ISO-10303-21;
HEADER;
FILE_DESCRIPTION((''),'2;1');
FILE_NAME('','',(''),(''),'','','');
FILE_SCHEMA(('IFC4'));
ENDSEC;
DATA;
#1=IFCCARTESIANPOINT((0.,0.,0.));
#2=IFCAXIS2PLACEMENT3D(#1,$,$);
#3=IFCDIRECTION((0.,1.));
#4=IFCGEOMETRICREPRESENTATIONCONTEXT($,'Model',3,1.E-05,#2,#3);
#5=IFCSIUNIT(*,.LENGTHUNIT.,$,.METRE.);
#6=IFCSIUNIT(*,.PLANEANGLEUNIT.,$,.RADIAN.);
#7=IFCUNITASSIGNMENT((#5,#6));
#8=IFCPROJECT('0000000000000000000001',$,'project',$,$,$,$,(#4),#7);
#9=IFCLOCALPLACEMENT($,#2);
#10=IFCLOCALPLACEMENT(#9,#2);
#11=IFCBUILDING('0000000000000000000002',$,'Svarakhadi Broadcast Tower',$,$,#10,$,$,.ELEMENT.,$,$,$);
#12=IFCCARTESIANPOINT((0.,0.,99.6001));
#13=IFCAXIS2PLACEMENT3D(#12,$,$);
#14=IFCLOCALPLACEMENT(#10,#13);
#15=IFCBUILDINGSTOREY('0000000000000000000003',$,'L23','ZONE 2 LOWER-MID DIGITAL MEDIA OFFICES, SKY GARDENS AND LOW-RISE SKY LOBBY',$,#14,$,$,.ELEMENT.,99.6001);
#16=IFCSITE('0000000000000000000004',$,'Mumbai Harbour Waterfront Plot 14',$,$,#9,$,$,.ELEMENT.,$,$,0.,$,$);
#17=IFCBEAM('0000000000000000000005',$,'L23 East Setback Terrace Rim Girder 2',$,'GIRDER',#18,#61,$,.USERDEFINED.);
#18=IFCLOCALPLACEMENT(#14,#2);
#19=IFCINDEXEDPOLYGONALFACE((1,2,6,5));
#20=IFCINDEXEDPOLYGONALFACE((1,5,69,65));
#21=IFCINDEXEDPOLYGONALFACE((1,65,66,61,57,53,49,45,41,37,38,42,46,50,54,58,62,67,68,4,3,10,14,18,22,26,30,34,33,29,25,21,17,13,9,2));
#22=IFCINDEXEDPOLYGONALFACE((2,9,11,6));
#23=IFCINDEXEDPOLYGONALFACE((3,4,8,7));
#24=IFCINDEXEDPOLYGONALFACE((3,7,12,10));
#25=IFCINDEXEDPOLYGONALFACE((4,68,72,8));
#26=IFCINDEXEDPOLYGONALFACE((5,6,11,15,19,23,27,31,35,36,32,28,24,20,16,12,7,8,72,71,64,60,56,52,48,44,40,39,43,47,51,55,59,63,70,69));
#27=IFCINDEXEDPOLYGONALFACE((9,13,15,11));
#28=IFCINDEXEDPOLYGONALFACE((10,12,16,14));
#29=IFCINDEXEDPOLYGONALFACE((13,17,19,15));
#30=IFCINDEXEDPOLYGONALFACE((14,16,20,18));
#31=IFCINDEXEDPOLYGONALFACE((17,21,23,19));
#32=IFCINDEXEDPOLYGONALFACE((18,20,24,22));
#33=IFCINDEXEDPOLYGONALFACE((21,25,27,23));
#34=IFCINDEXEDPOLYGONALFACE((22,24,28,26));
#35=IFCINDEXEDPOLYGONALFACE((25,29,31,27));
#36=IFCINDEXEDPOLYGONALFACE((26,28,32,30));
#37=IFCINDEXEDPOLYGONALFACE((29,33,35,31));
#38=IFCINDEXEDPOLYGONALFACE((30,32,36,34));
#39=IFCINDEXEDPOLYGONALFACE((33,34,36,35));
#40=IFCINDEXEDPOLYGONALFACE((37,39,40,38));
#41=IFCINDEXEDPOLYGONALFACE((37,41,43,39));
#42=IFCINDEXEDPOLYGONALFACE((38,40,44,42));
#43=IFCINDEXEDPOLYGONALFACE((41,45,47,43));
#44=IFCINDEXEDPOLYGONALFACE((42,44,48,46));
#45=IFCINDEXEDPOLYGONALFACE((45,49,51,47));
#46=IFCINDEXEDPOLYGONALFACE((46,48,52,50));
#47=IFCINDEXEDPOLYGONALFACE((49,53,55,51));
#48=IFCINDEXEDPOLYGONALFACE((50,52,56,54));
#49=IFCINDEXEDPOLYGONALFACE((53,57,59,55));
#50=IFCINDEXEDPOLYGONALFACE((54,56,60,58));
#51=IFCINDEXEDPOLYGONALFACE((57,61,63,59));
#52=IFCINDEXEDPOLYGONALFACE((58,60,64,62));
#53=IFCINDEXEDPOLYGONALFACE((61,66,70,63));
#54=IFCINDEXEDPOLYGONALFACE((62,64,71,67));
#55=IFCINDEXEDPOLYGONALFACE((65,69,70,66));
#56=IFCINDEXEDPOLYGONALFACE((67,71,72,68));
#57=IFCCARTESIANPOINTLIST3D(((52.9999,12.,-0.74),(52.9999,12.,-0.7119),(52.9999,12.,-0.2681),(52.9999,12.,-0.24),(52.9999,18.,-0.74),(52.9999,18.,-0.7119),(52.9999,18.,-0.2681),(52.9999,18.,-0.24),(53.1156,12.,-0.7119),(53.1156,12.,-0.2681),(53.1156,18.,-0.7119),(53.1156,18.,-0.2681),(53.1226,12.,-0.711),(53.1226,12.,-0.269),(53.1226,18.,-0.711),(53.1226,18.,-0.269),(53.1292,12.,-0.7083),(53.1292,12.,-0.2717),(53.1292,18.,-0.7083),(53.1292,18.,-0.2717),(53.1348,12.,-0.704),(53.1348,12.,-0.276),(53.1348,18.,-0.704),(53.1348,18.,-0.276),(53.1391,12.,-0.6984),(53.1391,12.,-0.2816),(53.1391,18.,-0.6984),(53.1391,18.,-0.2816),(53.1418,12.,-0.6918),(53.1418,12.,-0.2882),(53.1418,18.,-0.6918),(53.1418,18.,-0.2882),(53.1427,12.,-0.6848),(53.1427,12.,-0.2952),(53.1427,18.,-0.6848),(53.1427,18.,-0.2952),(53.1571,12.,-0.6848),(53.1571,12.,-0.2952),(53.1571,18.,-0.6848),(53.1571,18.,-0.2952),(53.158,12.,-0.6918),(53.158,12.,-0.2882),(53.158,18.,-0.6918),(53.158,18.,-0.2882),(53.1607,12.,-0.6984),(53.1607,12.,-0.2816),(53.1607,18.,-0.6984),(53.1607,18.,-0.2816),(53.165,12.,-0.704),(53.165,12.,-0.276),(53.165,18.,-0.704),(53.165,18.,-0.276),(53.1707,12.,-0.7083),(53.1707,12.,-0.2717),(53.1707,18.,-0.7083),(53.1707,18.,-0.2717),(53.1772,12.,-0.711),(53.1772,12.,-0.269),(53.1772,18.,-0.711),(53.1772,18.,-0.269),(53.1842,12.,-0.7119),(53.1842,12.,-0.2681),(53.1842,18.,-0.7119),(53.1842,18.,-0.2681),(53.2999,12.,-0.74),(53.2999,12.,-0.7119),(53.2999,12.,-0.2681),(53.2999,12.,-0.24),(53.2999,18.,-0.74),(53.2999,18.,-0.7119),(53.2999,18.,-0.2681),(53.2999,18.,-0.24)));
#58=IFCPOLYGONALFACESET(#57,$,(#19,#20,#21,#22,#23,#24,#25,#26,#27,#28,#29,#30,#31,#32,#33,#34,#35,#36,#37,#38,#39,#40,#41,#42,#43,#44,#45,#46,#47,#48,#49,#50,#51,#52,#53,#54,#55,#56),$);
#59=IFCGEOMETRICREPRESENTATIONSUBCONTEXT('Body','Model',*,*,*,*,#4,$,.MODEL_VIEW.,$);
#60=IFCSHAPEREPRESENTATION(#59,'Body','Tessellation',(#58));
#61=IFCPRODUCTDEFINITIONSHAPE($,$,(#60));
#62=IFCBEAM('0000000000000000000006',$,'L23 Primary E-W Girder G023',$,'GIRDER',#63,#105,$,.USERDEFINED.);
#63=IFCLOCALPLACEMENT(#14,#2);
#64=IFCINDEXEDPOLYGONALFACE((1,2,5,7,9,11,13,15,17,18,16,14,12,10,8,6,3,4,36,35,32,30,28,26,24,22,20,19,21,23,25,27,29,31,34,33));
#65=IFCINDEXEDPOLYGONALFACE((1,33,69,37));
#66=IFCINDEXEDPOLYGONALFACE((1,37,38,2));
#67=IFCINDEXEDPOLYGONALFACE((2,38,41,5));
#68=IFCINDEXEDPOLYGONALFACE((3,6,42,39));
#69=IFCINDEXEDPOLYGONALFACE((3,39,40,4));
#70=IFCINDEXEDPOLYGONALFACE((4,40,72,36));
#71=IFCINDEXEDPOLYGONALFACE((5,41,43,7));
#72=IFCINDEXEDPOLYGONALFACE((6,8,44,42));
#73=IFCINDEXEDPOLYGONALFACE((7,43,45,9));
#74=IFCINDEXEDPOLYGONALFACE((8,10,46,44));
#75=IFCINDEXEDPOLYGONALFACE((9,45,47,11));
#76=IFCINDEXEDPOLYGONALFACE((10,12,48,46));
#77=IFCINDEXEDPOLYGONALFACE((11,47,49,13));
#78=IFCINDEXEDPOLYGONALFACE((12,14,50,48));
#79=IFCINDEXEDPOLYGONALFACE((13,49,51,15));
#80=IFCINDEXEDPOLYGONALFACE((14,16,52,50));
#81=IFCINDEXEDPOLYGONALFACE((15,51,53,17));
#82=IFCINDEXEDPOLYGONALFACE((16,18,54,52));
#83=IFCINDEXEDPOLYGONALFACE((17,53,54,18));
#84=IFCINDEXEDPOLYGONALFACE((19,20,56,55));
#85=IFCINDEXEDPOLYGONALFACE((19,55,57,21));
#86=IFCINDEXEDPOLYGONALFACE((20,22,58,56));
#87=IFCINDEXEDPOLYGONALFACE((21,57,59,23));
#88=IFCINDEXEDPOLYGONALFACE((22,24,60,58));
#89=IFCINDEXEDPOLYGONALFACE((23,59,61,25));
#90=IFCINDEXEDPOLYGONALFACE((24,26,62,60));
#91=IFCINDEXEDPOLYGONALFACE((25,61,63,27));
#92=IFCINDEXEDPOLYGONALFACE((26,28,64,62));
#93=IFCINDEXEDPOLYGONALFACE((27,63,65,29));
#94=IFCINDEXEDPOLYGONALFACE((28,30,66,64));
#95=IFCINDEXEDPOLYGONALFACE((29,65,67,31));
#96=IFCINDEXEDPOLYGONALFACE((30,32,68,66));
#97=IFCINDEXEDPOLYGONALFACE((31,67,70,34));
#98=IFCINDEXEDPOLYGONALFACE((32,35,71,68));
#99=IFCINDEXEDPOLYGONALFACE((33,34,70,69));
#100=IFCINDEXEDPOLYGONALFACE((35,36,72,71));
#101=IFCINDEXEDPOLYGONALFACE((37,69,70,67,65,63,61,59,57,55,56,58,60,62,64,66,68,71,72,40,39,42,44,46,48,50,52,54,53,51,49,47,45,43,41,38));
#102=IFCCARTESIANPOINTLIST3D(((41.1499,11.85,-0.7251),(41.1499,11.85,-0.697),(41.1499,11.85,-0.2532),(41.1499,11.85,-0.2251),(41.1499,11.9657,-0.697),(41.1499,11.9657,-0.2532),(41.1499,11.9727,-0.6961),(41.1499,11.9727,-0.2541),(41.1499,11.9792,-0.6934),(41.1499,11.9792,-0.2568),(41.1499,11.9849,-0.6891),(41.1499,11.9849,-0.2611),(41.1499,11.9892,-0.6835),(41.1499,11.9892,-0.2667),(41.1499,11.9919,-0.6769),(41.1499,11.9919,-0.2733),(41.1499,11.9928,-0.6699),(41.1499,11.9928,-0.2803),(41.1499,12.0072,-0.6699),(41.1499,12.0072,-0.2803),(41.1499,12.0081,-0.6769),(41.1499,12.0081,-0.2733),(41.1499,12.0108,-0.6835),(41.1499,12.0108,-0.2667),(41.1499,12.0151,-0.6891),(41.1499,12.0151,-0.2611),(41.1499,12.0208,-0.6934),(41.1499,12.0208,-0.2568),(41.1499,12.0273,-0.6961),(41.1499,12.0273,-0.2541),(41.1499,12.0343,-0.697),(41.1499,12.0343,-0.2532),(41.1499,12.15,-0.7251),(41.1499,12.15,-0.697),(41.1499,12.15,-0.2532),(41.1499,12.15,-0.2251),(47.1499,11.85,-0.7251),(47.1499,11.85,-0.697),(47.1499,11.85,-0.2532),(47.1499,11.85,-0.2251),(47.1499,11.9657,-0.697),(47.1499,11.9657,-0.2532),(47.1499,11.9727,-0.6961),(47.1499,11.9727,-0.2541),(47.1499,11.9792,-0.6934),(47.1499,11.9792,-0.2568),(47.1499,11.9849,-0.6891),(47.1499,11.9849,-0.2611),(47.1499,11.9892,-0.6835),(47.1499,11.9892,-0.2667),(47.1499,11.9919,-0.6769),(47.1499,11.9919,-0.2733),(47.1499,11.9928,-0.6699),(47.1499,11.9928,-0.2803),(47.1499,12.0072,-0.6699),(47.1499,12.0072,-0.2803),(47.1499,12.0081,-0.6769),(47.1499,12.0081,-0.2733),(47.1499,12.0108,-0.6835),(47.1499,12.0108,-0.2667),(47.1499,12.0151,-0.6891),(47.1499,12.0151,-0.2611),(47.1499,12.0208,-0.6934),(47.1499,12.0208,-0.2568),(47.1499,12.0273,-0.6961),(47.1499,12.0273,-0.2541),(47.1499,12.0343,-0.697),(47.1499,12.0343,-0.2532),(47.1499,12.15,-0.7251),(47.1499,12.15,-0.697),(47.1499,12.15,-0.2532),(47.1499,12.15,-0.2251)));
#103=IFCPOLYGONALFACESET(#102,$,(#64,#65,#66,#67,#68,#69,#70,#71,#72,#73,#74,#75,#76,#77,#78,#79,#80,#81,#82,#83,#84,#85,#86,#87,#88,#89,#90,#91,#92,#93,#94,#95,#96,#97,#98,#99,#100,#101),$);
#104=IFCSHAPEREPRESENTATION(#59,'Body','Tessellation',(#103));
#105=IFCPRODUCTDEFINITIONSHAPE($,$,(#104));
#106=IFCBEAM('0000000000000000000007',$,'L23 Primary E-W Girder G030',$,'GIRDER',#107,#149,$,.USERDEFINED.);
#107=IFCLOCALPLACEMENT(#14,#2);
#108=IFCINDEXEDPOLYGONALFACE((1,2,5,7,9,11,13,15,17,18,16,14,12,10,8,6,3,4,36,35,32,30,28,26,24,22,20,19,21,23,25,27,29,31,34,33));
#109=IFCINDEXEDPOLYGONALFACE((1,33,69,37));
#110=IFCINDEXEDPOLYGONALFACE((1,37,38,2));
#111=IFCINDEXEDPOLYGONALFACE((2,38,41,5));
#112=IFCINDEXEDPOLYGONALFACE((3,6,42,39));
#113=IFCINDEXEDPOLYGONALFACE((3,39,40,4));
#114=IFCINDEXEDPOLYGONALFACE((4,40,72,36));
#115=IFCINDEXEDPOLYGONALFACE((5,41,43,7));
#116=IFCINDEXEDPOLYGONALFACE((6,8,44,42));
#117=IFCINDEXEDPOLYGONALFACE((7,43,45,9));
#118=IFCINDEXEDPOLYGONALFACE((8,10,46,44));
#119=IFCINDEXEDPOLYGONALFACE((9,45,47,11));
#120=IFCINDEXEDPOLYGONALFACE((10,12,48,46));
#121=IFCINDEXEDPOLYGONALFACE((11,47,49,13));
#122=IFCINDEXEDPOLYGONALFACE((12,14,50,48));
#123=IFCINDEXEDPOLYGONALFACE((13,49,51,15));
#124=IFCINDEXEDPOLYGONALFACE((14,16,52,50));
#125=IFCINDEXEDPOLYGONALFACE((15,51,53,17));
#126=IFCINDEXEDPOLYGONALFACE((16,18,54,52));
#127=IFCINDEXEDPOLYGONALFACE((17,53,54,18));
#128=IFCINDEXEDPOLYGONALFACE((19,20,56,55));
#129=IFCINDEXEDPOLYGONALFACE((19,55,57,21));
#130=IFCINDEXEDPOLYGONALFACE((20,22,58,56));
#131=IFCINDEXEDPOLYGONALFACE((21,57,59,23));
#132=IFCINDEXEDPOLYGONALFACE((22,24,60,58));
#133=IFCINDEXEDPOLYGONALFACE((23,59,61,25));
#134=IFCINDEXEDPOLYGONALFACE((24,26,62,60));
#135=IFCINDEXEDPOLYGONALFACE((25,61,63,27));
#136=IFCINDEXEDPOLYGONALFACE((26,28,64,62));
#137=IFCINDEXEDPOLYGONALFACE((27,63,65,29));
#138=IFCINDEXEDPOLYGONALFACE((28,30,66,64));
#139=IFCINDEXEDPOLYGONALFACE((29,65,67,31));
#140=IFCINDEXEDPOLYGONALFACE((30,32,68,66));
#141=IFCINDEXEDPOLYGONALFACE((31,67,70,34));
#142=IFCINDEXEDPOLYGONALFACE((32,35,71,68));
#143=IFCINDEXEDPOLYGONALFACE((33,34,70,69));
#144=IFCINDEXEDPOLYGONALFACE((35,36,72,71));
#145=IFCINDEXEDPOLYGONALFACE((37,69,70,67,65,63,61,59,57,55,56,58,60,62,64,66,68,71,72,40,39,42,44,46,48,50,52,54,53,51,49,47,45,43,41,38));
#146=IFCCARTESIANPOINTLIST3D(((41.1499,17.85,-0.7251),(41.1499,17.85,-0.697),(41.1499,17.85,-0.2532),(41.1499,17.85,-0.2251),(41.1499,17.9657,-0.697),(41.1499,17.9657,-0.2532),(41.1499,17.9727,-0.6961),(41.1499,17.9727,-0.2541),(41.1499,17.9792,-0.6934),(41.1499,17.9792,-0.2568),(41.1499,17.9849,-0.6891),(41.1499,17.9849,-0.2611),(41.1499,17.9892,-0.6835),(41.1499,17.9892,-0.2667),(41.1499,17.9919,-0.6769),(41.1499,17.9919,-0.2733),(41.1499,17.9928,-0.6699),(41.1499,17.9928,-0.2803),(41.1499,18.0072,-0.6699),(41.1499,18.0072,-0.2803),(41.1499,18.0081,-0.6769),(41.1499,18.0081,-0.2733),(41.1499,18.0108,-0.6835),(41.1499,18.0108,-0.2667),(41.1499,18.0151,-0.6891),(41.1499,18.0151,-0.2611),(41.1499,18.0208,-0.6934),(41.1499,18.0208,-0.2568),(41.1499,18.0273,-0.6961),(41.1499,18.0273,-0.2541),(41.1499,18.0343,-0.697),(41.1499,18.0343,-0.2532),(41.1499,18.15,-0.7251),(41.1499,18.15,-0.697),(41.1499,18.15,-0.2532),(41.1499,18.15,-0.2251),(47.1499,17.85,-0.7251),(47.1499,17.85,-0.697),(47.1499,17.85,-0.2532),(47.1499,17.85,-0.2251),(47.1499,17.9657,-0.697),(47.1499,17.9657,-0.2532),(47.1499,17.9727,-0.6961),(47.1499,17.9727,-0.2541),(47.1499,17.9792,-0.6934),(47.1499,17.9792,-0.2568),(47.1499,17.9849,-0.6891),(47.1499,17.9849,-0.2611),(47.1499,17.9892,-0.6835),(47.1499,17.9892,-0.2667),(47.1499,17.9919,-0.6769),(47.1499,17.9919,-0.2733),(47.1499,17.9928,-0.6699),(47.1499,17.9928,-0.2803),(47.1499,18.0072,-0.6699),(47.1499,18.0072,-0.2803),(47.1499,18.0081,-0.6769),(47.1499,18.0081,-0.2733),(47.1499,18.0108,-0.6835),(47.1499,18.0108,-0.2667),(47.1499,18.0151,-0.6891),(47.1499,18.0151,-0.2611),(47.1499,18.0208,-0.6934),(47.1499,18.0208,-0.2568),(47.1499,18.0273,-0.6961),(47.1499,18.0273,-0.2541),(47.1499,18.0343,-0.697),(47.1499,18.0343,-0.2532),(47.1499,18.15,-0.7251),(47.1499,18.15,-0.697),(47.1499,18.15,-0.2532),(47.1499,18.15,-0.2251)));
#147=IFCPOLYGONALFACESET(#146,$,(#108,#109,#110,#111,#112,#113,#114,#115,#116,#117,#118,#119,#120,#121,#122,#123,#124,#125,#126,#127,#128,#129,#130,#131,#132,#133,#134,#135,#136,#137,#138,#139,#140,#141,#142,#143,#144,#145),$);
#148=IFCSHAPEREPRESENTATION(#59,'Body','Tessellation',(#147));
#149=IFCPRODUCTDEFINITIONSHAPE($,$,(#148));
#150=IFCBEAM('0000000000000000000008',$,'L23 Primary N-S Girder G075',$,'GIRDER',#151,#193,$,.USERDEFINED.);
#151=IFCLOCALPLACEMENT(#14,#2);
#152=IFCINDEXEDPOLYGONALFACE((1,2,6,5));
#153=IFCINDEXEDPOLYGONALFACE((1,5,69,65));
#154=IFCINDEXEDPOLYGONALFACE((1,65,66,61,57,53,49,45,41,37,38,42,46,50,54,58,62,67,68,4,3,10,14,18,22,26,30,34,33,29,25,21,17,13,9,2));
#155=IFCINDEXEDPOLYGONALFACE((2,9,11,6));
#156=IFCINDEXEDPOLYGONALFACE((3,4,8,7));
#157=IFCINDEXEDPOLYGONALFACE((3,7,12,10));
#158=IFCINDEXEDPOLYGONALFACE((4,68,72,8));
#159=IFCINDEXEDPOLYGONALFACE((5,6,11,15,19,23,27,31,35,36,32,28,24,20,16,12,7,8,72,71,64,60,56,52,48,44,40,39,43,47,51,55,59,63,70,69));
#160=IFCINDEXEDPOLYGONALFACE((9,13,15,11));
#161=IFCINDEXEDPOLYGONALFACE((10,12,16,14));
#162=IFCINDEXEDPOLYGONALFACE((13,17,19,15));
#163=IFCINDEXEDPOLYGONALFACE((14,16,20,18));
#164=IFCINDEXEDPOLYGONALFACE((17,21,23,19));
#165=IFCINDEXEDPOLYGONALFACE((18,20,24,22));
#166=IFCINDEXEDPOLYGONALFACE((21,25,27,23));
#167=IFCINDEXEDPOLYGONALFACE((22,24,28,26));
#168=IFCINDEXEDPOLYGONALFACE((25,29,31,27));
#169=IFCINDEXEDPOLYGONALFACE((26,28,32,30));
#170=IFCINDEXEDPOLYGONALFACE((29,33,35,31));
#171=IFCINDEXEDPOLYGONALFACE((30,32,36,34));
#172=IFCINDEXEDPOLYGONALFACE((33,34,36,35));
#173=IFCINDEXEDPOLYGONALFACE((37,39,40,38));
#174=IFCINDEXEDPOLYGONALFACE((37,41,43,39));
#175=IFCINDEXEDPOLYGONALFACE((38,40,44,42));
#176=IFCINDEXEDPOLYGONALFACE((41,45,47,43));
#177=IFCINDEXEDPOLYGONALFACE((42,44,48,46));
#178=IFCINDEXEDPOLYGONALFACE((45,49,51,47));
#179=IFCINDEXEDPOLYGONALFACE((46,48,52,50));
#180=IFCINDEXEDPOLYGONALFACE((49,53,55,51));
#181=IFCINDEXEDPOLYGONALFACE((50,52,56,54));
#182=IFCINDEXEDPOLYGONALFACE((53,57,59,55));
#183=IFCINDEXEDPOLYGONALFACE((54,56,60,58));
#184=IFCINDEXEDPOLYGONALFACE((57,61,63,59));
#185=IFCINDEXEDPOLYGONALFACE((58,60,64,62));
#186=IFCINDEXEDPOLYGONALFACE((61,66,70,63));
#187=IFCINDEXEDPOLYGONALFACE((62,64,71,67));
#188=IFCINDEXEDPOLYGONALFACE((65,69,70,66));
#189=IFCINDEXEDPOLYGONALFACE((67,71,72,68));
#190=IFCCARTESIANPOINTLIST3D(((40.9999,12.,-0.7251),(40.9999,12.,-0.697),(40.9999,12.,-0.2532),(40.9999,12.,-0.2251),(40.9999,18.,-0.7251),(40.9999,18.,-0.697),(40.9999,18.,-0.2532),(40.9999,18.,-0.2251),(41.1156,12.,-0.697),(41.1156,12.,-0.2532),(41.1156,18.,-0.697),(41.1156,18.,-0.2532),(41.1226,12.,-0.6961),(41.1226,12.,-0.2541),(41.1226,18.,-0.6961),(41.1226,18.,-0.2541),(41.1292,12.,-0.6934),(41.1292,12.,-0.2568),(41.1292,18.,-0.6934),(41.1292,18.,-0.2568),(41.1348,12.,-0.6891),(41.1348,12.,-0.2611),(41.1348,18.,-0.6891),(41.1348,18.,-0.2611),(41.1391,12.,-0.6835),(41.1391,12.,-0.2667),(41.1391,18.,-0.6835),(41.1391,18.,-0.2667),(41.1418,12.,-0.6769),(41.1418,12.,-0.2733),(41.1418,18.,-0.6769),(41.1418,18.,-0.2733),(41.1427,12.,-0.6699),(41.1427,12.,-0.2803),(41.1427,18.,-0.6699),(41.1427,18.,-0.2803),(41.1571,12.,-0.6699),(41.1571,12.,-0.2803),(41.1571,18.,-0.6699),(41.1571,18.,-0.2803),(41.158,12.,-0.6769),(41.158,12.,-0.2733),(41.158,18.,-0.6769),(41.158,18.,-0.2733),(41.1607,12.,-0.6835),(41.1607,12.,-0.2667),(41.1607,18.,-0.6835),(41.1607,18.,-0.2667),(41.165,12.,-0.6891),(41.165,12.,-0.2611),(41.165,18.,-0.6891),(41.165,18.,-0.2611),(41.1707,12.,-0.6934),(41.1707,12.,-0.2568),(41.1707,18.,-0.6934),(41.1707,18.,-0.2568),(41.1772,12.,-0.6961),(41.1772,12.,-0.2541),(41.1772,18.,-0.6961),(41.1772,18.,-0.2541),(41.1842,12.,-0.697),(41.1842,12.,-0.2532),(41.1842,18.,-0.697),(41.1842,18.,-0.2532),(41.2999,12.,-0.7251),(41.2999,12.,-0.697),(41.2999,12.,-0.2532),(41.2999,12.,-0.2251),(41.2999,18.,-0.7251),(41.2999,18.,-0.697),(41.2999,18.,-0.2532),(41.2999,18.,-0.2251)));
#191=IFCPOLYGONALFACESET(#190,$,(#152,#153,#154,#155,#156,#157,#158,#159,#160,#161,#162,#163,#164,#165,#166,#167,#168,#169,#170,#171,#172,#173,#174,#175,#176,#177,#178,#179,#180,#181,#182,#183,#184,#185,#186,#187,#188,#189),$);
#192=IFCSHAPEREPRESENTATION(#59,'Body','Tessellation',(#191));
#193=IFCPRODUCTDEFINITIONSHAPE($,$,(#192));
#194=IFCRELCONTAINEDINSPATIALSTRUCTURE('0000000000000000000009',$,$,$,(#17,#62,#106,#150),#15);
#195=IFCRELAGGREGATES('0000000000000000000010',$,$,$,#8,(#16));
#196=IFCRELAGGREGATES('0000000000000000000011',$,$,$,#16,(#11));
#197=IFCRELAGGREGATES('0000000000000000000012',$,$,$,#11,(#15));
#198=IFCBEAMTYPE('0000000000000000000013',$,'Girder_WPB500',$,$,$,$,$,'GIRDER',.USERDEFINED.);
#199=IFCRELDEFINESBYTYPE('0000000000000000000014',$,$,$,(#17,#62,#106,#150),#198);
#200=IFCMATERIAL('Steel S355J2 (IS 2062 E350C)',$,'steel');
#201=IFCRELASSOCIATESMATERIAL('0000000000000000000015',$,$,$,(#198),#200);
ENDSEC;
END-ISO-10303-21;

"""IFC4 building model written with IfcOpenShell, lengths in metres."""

from ifc_helpers import new_model, si_unit, direction, frame, origin, origin_2d, place, context, subcontext, project, spatial, i_section, extrude, material, material_profile, profile_set, type_object, element, save


model = new_model("IFC4")

# Units and contexts
model_context = context("Model", 3, precision=1e-05, world=origin(), true_north=direction((0.0, 1.0)))
body_context = subcontext(model_context, "Body", "Model", "MODEL_VIEW")
ifc_project = project(units=[si_unit("LENGTHUNIT", "METRE"), si_unit("PLANEANGLEUNIT", "RADIAN")], contexts=[model_context])

# Site, building, storey
site_placement = place(None, origin())
site = spatial("IfcSite", under=ifc_project, at=site_placement, Name="Mumbai Harbour Waterfront Plot 14", CompositionType="ELEMENT", RefElevation=0.0)
building_placement = place(site_placement, origin())
building = spatial("IfcBuilding", under=site, at=building_placement, Name="Svarakhadi Broadcast Tower", CompositionType="ELEMENT")
storey_placement = place(building_placement, frame((0.0, 0.0, 99.6001)))
storey = spatial("IfcBuildingStorey", under=building, at=storey_placement, Name="L23", Description="ZONE 2 LOWER-MID DIGITAL MEDIA OFFICES, SKY GARDENS AND LOW-RISE SKY LOBBY", CompositionType="ELEMENT", Elevation=99.6001)

# Shared definitions
ifc_material_1 = material(Name="Steel S355J2 (IS 2062 E350C)", Category="steel")

# Beams
ifc_material_profile_1 = material_profile(ifc_material_1, i_section(OverallWidth=0.3, OverallDepth=0.5, WebThickness=0.0144, FlangeThickness=0.0281, FilletRadius=0.0271, at=origin_2d()), Name="WPB 500x300x187")
ifc_profile_set_1 = profile_set([ifc_material_profile_1], Name="Steel S355J2 (IS 2062 E350C)")
beam_type_1 = type_object("IfcBeamType", Name="Girder_WPB500", ElementType="GIRDER", PredefinedType="USERDEFINED", material=ifc_profile_set_1)
for number, where, z_axis, x_axis, name in (
    (1, (53.1499, 12.0, -0.49), (0.0, 1.0, 0.0), (-1.0, 0.0, 0.0), "L23 East Setback Terrace Rim Girder 2"),
    (2, (41.1499, 12.0, -0.4751), (1.0, 0.0, 0.0), (0.0, 1.0, 0.0), "L23 Primary E-W Girder G023"),
    (3, (41.1499, 18.0, -0.4751), (1.0, 0.0, 0.0), (0.0, 1.0, 0.0), "L23 Primary E-W Girder G030"),
    (4, (41.1499, 12.0, -0.4751), (0.0, 1.0, 0.0), (-1.0, 0.0, 0.0), "L23 Primary N-S Girder G075"),
):
    element("IfcBeam", number, at=place(storey_placement, frame(where, z_axis=z_axis, x_axis=x_axis)), inside=storey, type_object=beam_type_1, Name=name, ObjectType="GIRDER", PredefinedType="USERDEFINED", context=body_context, shape_type="SweptSolid", body=[
        extrude(i_section(OverallWidth=0.3, OverallDepth=0.5, WebThickness=0.0144, FlangeThickness=0.0281, FilletRadius=0.0271, at=origin_2d()), origin(), (0.0, 0.0, 1.0), 6.0),
    ])

save(model, "model.ifc")
